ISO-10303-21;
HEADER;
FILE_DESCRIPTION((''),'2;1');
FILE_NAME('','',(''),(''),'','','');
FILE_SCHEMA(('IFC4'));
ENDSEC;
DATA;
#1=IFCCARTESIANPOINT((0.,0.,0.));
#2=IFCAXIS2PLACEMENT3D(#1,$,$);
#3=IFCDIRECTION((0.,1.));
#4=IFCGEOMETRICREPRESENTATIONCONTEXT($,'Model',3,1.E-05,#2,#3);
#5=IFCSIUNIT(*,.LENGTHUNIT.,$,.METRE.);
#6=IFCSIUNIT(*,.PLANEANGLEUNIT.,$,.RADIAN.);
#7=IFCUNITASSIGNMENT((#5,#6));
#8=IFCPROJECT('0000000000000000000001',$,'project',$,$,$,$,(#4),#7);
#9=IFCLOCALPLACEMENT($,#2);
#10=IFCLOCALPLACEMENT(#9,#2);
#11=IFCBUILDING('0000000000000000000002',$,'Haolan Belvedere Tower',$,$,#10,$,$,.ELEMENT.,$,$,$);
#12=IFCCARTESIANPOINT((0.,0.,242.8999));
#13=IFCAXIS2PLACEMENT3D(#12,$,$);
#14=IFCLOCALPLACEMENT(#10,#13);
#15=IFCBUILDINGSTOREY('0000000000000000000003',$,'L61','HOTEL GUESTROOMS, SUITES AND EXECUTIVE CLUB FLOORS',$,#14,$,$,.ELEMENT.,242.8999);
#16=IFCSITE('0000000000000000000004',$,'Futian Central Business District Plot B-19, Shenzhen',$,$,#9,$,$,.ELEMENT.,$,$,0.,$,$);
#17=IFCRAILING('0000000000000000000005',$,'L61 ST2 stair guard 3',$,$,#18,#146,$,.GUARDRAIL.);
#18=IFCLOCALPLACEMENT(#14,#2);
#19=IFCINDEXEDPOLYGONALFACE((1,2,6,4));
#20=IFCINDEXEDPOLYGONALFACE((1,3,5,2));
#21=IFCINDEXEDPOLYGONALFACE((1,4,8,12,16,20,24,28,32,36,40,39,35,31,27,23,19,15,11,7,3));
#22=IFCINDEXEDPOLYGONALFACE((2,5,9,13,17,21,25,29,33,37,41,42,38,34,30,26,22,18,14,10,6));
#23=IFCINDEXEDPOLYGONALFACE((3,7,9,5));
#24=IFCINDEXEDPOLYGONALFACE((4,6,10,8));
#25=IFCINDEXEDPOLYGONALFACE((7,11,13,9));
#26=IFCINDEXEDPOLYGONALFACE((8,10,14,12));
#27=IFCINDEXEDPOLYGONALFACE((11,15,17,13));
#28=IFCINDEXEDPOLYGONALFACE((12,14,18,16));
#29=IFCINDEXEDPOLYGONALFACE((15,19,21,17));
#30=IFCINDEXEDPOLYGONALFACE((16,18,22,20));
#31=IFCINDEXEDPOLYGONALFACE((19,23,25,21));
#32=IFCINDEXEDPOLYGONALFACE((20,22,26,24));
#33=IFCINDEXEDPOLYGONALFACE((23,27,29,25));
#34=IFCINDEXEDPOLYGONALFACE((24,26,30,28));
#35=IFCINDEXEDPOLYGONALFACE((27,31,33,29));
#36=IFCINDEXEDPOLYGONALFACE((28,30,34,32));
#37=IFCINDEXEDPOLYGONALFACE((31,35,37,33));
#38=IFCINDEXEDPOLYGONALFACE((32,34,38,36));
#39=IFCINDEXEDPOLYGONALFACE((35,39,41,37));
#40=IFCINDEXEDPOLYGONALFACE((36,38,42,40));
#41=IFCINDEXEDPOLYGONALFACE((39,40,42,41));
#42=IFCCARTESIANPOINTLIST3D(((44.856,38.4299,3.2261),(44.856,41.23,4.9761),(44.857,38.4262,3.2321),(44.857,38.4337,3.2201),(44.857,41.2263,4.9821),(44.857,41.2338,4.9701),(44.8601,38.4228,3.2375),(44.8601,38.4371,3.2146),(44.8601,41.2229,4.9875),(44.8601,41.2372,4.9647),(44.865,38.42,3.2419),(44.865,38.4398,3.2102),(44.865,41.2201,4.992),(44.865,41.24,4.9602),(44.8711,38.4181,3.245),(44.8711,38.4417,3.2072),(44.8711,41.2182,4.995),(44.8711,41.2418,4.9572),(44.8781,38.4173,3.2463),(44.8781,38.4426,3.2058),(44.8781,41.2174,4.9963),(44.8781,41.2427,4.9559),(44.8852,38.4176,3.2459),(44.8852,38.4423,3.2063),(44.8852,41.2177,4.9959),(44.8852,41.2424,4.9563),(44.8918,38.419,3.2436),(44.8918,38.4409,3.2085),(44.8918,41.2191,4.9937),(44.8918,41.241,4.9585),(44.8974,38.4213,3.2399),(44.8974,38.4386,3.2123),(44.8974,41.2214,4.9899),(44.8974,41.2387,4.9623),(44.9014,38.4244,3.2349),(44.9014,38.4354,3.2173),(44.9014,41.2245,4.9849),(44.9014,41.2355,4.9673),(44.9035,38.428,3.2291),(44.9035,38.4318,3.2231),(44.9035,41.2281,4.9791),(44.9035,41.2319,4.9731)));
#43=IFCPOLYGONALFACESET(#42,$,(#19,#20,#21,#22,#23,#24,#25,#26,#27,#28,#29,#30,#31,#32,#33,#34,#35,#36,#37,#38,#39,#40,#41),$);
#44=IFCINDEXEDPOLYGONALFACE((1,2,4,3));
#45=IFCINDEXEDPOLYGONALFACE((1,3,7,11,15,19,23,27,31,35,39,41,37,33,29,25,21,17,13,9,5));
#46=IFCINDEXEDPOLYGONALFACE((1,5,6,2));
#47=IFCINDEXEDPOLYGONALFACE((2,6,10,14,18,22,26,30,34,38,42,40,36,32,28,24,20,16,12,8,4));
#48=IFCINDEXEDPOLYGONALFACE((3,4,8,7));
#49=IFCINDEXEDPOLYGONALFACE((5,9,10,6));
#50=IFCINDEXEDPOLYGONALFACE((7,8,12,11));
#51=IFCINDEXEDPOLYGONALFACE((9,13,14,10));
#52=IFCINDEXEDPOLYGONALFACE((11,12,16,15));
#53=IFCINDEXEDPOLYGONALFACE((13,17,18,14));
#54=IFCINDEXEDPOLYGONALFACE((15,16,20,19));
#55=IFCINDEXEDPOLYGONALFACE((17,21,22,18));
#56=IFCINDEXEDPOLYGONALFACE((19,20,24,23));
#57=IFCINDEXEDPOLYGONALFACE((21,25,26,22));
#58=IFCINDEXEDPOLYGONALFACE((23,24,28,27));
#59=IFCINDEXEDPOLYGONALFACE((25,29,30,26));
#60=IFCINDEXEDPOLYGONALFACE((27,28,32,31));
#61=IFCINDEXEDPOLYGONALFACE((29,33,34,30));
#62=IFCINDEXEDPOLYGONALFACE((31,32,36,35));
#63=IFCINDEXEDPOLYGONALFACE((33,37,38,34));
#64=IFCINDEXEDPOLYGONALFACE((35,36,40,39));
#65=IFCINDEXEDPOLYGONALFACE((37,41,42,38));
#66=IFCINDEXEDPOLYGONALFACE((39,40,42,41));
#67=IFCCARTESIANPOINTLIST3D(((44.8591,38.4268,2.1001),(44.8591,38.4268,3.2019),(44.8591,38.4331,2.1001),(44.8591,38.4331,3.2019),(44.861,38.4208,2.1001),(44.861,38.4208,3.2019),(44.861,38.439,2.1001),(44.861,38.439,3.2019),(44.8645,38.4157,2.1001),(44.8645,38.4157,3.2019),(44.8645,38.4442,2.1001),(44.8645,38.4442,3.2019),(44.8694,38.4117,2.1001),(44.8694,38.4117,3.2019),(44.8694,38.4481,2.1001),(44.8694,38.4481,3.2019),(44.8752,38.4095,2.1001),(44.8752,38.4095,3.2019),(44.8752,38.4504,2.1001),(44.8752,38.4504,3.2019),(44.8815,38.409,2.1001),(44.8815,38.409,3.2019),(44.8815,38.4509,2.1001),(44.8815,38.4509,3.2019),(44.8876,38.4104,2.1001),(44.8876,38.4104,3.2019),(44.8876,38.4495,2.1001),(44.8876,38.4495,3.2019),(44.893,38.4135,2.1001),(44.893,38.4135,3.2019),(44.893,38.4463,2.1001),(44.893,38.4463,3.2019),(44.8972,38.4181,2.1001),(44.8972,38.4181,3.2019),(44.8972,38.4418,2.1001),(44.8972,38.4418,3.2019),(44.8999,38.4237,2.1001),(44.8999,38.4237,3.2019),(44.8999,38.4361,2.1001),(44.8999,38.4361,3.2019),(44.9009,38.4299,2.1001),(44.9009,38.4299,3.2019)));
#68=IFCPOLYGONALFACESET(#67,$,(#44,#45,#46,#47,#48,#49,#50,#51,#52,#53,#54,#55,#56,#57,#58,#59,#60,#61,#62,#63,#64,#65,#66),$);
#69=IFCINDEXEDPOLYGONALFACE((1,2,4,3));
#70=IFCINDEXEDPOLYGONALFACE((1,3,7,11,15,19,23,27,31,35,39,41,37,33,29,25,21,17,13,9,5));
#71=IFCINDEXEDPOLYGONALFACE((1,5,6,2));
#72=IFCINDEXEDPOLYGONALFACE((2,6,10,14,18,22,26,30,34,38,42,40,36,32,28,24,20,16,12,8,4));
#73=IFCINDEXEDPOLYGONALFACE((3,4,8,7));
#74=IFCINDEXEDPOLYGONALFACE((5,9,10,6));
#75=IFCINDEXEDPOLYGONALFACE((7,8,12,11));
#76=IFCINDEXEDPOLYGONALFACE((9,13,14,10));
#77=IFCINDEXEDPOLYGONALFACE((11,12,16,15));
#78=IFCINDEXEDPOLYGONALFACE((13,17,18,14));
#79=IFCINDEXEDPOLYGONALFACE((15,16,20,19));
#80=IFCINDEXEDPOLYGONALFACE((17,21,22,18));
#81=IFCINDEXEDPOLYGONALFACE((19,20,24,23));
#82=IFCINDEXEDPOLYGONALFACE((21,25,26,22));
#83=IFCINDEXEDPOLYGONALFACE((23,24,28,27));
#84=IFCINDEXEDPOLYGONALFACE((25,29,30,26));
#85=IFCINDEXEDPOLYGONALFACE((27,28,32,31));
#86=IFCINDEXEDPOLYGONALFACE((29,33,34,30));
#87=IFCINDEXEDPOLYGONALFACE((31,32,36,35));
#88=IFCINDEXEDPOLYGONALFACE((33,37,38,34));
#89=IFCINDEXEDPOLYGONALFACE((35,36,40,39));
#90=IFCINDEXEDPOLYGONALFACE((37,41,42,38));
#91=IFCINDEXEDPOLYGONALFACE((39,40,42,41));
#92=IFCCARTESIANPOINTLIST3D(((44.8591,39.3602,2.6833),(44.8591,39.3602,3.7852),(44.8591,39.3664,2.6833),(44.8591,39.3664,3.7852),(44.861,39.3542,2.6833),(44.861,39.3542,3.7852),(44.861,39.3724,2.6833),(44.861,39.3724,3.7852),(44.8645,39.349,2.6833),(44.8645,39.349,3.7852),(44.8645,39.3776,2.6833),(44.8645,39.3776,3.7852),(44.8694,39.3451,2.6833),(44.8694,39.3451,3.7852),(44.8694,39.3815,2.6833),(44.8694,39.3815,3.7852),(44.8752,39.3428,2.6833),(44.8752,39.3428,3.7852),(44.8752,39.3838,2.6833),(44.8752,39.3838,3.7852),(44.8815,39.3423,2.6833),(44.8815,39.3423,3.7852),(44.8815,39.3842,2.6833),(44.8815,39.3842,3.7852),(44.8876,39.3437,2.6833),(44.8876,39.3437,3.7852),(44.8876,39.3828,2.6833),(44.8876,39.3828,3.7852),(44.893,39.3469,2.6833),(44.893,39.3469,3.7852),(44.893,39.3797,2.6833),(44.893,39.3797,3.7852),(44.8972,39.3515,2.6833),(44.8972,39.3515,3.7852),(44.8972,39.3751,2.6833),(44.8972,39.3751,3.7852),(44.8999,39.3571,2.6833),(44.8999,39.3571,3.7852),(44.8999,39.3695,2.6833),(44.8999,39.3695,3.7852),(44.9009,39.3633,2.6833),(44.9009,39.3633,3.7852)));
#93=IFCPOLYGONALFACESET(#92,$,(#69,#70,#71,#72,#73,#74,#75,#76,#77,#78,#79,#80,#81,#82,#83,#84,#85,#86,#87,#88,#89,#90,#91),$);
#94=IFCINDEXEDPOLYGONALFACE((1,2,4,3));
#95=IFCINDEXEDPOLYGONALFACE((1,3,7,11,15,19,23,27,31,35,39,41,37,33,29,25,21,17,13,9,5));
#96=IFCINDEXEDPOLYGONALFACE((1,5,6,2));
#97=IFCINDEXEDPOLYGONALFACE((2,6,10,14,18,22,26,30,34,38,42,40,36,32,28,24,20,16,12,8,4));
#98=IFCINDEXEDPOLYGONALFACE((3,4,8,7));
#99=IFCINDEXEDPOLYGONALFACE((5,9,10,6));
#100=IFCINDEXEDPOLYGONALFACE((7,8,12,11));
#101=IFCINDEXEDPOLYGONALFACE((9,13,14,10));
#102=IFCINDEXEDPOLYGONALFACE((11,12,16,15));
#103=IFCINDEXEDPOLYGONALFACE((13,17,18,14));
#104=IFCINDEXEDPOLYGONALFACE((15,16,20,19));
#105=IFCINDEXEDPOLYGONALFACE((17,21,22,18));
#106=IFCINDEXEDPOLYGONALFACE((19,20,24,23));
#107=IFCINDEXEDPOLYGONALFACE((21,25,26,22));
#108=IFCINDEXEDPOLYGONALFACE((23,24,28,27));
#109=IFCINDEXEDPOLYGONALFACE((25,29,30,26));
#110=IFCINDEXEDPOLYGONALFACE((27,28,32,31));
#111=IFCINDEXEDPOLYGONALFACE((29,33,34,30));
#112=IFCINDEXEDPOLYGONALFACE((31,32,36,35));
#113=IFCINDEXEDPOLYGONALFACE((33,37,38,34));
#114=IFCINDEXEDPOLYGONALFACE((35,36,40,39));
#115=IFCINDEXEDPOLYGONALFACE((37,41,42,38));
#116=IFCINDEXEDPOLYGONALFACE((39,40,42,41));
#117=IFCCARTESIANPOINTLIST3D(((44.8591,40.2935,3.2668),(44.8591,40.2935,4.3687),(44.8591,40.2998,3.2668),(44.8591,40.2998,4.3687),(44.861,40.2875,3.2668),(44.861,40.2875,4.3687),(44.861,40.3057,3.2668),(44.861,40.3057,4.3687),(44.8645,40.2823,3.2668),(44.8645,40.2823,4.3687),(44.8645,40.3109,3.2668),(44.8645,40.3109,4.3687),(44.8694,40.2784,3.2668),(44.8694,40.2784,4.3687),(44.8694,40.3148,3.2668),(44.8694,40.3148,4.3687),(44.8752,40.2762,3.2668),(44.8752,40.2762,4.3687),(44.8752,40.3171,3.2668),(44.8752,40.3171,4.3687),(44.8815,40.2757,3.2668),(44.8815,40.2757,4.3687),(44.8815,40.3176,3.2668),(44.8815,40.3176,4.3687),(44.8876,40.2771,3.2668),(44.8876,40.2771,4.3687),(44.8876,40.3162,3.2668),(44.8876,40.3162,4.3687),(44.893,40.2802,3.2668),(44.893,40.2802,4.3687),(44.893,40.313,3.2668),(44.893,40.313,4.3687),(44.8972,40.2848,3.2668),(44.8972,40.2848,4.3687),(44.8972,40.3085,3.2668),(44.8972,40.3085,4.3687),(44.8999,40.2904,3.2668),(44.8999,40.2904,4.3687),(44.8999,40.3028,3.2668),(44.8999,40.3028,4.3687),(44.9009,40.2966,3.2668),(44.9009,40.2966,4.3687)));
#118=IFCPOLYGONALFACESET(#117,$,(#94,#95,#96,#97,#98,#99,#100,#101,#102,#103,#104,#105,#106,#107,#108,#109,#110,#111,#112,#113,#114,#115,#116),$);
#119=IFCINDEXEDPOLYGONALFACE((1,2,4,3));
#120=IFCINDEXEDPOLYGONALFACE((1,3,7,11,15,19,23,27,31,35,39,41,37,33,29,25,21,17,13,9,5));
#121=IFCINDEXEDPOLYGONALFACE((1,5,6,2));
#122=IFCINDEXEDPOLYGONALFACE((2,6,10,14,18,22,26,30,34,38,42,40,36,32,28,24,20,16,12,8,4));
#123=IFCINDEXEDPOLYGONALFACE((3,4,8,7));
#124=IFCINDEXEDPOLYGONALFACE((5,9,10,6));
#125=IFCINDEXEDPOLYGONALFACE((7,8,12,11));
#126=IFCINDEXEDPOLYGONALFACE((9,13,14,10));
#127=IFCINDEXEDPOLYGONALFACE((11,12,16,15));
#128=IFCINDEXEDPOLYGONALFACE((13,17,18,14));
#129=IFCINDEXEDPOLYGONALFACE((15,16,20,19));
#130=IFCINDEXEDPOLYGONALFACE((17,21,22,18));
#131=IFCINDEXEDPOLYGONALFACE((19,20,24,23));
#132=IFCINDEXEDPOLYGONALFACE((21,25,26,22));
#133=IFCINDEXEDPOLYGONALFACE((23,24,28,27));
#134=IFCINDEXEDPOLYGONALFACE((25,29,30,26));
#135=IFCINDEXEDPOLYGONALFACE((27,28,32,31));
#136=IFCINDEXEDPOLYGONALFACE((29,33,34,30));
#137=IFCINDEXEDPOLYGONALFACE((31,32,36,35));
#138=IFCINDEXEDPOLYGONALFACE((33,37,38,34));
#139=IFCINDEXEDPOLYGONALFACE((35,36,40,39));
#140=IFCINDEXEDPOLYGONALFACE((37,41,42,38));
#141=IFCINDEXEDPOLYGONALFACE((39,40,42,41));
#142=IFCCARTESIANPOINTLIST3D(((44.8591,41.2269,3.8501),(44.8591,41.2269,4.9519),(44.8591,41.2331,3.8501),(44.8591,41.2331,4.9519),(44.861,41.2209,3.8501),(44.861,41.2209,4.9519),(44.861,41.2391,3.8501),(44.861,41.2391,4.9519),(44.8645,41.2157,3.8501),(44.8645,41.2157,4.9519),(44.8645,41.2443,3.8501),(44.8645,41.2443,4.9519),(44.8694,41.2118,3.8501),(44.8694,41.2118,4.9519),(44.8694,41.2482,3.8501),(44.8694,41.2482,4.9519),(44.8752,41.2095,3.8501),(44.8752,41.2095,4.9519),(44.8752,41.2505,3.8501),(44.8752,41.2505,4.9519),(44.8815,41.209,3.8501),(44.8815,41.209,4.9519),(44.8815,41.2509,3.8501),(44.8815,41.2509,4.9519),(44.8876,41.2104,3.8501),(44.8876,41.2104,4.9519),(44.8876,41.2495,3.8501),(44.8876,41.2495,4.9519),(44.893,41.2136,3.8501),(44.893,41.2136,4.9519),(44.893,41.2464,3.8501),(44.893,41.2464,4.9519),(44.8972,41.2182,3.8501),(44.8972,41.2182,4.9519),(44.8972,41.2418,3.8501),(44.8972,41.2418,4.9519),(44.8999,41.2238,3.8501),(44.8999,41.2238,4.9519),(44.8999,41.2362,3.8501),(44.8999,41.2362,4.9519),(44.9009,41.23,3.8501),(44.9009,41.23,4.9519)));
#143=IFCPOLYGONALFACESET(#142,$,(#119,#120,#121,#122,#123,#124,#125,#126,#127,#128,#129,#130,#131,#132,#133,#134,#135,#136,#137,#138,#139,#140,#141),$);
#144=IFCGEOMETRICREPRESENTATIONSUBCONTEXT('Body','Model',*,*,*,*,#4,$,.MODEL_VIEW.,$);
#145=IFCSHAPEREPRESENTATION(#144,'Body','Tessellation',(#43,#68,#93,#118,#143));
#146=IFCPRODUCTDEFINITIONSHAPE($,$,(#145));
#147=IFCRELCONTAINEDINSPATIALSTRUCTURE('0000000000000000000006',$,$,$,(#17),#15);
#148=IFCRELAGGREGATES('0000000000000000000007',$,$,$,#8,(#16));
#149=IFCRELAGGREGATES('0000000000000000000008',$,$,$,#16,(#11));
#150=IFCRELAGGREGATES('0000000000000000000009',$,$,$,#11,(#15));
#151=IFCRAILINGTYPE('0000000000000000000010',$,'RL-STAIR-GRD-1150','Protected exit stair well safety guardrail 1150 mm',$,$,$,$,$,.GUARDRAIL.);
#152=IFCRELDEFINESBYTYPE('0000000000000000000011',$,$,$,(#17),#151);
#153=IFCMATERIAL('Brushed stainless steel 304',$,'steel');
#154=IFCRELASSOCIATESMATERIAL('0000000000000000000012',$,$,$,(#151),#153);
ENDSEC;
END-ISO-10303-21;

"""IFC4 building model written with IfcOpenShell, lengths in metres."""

from ifc_helpers import new_model, si_unit, direction, frame, origin, origin_2d, place, context, subcontext, project, spatial, circle, extrude, material, type_object, element, save


model = new_model("IFC4")

# Units and contexts
model_context = context("Model", 3, precision=1e-05, world=origin(), true_north=direction((0.0, 1.0)))
body_context = subcontext(model_context, "Body", "Model", "MODEL_VIEW")
ifc_project = project(units=[si_unit("LENGTHUNIT", "METRE"), si_unit("PLANEANGLEUNIT", "RADIAN")], contexts=[model_context])

# Site, building, storey
site_placement = place(None, origin())
site = spatial("IfcSite", under=ifc_project, at=site_placement, Name="Futian Central Business District Plot B-19, Shenzhen", CompositionType="ELEMENT", RefElevation=0.0)
building_placement = place(site_placement, origin())
building = spatial("IfcBuilding", under=site, at=building_placement, Name="Haolan Belvedere Tower", CompositionType="ELEMENT")
storey_placement = place(building_placement, frame((0.0, 0.0, 242.8999)))
storey = spatial("IfcBuildingStorey", under=building, at=storey_placement, Name="L61", Description="HOTEL GUESTROOMS, SUITES AND EXECUTIVE CLUB FLOORS", CompositionType="ELEMENT", Elevation=242.8999)

# Railing
ifc_material_1 = material(Name="Brushed stainless steel 304", Category="steel")
railing_type_1 = type_object("IfcRailingType", Name="RL-STAIR-GRD-1150", Description="Protected exit stair well safety guardrail 1150 mm", PredefinedType="GUARDRAIL", material=ifc_material_1)
railing_1_placement = place(storey_placement, frame((44.8799, 38.4299, 2.1001)))
element("IfcRailing", 1, at=railing_1_placement, inside=storey, type_object=railing_type_1, Name="L61 ST2 stair guard 3", PredefinedType="GUARDRAIL", context=body_context, shape_type="SweptSolid", body=[
    extrude(circle(Radius=0.0239, at=origin_2d()), frame((0.0, 0.0, 1.126), z_axis=(0.0, 0.848002, 0.529992), x_axis=(-1.0, 0.0, 0.0)), (0.0, 0.0, 1.0), 3.302),
    extrude(circle(Radius=0.021, at=origin_2d()), origin(), (0.0, 0.0, 1.0), 1.1018),
    extrude(circle(Radius=0.021, at=origin_2d()), frame((0.0, 0.9333, 0.5833)), (0.0, 0.0, 1.0), 1.1018),
    extrude(circle(Radius=0.021, at=origin_2d()), frame((0.0, 1.8667, 1.1667)), (0.0, 0.0, 1.0), 1.1018),
    extrude(circle(Radius=0.021, at=origin_2d()), frame((0.0, 2.8, 1.75)), (0.0, 0.0, 1.0), 1.1018),
])

save(model, "model.ifc")
